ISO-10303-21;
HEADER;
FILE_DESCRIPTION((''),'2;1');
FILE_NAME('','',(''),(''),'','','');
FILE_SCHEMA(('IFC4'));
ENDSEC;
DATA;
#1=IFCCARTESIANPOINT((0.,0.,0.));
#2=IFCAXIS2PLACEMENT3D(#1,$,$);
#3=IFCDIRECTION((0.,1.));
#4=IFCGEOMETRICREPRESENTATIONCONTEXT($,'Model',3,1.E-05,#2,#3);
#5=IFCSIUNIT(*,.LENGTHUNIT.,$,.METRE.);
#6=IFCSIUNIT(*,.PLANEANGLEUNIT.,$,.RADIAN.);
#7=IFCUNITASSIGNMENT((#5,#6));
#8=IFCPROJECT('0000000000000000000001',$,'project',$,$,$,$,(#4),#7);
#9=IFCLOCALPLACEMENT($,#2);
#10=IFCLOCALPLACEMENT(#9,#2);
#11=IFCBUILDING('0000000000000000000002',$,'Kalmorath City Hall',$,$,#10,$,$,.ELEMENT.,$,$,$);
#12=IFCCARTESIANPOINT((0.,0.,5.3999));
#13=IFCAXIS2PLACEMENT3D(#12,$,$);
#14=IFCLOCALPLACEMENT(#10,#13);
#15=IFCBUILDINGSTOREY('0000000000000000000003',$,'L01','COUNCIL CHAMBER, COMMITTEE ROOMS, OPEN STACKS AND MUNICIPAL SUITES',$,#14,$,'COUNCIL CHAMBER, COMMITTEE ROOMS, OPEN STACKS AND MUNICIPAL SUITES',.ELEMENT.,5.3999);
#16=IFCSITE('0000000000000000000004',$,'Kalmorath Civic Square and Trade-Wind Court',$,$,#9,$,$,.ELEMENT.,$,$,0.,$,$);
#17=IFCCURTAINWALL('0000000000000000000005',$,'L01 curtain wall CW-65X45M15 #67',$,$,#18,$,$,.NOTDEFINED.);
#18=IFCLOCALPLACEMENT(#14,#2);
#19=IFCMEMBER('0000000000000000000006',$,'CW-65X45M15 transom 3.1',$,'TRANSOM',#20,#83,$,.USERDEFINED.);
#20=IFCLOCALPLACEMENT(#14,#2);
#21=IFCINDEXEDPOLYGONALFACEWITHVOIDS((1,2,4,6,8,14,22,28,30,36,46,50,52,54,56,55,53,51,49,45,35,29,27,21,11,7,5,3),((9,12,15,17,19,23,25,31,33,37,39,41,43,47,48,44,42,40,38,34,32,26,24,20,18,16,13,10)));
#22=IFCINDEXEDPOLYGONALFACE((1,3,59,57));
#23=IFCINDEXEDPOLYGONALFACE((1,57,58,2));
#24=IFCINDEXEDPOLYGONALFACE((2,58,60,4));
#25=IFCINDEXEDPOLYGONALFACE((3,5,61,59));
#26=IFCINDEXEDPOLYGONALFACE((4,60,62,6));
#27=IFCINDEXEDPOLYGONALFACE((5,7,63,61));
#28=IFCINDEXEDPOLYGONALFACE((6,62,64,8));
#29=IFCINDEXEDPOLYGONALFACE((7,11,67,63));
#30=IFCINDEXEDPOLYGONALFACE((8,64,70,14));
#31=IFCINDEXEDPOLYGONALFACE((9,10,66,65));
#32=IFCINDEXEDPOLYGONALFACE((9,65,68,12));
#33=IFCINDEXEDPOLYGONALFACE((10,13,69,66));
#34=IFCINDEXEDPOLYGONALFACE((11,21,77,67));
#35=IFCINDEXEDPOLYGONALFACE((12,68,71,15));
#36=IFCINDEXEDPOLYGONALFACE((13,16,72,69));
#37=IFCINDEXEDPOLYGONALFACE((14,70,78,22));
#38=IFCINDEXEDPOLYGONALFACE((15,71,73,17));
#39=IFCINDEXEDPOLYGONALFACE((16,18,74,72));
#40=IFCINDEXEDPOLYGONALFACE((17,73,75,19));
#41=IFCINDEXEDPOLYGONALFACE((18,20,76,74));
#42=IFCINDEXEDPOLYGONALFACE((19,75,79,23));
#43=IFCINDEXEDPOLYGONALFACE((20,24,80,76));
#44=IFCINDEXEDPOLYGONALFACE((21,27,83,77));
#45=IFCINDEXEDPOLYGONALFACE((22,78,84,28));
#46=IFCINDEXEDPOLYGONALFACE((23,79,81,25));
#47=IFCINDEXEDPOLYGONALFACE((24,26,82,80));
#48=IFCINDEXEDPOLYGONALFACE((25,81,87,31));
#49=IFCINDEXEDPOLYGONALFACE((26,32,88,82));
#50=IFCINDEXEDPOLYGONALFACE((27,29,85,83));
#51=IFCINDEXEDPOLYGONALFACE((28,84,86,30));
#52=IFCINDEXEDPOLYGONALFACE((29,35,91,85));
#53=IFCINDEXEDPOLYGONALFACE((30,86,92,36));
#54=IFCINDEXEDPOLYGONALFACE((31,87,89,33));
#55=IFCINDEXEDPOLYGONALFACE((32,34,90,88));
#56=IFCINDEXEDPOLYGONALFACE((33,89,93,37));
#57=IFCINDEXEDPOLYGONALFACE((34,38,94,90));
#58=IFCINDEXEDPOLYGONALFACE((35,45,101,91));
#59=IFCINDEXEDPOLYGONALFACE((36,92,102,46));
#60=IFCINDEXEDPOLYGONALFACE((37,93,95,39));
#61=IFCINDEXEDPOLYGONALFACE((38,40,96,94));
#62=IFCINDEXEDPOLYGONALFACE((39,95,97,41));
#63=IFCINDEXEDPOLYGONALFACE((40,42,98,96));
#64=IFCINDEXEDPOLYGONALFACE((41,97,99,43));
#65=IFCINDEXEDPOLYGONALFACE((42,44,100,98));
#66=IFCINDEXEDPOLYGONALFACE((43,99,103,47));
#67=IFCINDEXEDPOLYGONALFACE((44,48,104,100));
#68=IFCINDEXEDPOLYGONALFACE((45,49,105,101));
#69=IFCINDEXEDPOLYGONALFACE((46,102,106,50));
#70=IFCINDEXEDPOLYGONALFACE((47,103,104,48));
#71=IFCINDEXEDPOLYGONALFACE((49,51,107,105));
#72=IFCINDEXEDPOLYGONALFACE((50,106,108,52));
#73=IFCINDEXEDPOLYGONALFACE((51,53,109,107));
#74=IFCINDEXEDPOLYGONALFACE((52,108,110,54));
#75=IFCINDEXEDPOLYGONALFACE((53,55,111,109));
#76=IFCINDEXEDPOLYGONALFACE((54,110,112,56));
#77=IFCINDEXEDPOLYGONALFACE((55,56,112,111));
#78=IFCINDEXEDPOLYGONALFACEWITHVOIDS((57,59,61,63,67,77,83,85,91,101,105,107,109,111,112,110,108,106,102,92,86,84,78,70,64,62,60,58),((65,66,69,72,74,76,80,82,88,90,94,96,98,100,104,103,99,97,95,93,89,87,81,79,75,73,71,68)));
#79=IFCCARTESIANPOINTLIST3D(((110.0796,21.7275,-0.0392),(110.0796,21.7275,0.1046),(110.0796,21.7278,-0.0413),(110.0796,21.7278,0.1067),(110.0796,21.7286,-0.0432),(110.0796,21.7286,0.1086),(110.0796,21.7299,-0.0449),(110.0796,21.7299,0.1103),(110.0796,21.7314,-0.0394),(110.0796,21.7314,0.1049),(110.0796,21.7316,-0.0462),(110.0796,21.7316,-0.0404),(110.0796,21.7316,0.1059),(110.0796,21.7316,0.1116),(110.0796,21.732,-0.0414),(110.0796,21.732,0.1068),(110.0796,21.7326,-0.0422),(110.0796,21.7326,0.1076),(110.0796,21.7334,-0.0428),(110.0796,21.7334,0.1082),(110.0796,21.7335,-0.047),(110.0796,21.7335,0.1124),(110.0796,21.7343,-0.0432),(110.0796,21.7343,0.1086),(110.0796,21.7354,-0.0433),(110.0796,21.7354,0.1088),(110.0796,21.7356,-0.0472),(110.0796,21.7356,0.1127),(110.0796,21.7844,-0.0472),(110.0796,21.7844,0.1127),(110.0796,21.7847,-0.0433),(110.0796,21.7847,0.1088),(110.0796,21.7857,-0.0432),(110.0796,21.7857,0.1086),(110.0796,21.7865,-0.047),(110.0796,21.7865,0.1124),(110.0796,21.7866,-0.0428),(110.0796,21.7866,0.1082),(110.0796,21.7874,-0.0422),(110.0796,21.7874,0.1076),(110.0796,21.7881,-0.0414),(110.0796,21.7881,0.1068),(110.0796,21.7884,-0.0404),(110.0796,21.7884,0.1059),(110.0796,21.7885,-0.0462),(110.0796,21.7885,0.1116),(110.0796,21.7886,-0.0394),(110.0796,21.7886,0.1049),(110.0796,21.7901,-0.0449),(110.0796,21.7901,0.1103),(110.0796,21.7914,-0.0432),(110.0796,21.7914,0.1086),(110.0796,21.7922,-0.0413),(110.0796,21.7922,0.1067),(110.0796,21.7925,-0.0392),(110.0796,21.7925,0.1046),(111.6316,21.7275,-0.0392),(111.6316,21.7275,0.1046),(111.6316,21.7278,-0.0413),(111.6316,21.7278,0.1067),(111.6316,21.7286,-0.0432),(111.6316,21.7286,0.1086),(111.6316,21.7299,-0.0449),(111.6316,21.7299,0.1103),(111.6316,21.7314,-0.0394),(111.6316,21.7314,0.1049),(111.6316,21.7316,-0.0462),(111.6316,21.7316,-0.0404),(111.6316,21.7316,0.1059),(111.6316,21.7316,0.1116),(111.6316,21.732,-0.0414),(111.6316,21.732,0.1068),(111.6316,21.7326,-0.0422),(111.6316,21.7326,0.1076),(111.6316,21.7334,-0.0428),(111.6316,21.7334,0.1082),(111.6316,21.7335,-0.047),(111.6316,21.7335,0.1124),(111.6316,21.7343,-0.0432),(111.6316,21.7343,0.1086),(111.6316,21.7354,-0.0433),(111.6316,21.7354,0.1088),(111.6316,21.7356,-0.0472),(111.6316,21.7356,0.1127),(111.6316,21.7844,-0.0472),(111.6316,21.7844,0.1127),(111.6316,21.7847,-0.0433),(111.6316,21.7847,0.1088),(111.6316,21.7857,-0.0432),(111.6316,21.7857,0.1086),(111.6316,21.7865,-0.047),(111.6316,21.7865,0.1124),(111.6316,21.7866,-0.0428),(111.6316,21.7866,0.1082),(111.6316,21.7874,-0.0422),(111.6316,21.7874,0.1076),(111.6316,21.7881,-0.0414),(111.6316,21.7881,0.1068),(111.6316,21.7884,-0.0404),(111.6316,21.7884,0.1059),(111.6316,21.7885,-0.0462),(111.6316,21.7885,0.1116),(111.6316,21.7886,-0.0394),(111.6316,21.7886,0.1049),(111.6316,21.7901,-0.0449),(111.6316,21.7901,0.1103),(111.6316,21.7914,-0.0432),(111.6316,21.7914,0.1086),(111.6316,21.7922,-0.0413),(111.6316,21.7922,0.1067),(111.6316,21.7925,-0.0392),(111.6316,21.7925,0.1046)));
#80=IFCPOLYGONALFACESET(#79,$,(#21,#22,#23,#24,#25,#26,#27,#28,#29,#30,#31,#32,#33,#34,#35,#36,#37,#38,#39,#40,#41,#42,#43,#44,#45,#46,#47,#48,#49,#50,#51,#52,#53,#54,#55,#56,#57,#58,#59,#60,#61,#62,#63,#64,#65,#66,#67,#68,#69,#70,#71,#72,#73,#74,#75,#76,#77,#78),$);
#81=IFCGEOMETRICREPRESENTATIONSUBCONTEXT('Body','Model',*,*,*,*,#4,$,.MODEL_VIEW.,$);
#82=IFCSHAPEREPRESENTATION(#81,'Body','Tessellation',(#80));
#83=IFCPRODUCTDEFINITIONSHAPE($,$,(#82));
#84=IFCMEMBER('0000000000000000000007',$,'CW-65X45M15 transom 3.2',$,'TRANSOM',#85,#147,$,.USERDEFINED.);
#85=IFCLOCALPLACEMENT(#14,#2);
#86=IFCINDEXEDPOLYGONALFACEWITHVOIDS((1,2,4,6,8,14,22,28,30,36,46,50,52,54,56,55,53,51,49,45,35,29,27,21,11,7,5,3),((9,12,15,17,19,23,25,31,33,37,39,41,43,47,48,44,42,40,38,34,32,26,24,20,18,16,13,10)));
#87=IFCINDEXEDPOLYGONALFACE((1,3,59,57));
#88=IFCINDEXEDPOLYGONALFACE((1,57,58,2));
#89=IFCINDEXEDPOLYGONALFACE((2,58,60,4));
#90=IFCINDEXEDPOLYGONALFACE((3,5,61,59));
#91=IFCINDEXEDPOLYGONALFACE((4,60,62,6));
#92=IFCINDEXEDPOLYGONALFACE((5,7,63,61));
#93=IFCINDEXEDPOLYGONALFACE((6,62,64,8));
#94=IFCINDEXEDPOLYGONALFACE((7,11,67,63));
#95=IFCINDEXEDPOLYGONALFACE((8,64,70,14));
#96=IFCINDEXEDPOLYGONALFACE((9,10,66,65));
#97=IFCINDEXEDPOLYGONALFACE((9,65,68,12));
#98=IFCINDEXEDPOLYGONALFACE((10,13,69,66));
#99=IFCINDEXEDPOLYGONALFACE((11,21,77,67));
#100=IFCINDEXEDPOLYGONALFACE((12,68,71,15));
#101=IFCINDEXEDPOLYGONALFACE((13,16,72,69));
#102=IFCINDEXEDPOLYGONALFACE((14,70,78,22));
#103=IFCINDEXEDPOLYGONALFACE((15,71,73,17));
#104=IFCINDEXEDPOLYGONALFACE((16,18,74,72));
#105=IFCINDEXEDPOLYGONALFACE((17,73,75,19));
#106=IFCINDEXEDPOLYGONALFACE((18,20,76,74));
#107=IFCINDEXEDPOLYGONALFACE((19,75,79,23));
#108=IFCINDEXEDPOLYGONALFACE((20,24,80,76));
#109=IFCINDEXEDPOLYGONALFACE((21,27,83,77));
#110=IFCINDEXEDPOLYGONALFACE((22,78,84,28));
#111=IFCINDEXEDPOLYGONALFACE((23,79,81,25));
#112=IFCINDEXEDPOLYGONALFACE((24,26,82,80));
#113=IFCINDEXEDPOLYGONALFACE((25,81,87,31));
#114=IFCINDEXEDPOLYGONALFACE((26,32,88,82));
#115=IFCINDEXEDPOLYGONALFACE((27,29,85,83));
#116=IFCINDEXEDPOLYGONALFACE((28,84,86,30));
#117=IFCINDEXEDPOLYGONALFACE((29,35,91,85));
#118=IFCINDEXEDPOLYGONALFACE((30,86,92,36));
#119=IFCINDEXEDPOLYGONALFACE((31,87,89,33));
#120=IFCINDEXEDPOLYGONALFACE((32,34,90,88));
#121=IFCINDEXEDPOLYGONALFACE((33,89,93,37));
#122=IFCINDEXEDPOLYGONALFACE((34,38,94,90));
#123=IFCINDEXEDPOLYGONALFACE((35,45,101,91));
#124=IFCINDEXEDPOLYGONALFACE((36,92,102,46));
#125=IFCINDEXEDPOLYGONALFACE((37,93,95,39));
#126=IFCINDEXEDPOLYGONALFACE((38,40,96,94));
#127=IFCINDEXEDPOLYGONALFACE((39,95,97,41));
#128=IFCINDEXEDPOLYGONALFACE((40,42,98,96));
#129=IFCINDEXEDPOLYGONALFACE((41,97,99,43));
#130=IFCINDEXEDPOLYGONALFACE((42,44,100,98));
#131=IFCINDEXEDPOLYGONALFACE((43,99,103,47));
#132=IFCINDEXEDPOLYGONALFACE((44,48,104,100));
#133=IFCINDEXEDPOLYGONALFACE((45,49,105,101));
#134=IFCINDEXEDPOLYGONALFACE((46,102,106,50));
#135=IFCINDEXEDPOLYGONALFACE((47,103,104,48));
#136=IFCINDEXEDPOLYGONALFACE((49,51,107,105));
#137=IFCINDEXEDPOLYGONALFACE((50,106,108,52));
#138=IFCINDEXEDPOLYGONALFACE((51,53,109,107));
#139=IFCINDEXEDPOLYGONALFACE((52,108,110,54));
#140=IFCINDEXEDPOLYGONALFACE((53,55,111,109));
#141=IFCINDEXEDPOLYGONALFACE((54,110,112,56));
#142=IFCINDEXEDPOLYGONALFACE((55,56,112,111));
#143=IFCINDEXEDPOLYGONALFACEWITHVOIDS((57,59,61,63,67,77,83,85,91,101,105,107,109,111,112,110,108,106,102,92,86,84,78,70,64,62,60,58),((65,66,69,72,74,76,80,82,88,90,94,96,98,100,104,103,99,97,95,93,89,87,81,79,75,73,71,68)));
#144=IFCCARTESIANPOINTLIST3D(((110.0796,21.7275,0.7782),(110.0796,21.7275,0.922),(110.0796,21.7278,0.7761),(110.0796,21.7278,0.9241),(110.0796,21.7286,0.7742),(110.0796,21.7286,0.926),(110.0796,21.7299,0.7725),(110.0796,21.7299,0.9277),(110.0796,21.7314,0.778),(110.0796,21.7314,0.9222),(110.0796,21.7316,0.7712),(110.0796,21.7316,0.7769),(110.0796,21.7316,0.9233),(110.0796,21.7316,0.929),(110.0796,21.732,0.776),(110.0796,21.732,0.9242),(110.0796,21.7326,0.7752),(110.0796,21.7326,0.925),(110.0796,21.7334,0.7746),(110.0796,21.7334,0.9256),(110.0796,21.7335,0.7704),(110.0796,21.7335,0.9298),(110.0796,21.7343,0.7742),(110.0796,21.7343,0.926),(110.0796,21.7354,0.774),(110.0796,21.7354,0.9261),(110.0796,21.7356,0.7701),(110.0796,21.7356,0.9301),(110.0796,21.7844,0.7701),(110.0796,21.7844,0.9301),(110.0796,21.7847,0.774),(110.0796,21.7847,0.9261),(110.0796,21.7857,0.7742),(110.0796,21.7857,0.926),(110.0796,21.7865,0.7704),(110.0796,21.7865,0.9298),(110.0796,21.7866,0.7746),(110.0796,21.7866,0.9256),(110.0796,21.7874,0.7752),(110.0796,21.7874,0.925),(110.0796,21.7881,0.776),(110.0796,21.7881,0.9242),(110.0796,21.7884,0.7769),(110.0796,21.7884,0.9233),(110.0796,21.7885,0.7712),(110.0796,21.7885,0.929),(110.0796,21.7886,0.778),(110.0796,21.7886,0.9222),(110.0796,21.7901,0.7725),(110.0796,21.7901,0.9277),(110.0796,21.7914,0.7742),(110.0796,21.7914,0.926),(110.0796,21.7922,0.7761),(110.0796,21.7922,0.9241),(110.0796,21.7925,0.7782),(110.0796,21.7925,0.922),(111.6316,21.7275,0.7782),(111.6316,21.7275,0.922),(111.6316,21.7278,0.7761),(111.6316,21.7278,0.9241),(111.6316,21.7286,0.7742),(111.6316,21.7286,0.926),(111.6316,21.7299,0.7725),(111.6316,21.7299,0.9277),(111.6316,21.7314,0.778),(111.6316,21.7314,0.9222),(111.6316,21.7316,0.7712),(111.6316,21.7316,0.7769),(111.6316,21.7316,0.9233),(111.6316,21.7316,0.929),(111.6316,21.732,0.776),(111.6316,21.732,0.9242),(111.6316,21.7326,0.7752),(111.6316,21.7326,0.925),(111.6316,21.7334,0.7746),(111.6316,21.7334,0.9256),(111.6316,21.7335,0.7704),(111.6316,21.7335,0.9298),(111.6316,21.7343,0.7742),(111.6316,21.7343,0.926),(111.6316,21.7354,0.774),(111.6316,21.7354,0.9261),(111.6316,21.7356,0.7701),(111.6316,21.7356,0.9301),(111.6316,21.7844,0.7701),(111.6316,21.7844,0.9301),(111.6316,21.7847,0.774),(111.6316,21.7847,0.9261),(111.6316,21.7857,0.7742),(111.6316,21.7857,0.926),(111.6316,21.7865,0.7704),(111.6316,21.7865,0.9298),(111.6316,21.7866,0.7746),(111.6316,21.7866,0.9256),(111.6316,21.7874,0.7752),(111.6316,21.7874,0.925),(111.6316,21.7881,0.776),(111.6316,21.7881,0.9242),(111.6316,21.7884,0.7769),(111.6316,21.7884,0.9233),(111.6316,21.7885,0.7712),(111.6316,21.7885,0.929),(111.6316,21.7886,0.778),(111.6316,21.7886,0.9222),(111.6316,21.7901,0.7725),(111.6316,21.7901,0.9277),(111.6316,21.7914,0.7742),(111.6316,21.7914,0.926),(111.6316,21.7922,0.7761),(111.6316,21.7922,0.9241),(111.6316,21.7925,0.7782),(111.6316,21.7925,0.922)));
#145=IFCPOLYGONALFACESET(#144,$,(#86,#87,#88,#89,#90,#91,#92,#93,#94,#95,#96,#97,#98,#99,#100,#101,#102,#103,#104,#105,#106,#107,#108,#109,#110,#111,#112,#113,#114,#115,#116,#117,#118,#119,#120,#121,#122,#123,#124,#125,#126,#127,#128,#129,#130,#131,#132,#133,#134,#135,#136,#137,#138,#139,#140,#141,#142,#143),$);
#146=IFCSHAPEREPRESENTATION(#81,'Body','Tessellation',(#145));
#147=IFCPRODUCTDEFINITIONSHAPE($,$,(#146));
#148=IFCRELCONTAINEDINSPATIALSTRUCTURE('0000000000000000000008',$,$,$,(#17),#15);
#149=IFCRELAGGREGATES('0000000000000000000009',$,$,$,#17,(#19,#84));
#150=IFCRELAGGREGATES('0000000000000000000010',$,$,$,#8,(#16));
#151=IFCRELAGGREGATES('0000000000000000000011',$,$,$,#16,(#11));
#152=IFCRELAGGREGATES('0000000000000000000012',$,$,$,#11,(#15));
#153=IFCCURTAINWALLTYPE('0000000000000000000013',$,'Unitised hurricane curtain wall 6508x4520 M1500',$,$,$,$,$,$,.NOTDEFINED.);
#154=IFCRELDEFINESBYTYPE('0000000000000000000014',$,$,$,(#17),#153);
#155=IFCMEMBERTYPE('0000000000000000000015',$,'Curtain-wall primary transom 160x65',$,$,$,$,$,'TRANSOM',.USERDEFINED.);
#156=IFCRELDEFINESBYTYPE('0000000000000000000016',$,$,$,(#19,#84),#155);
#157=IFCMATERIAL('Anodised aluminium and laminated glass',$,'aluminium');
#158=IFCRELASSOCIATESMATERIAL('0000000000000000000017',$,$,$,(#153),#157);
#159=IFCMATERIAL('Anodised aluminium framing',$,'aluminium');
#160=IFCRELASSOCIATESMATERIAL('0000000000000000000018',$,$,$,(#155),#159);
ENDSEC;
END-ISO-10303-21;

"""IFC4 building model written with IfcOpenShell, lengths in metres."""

from ifc_helpers import new_model, si_unit, direction, frame, origin, origin_2d, place, context, subcontext, project, spatial, hollow_rectangle, extrude, material, material_profile, profile_set, type_object, element, aggregate, save


model = new_model("IFC4")

# Units and contexts
model_context = context("Model", 3, precision=1e-05, world=origin(), true_north=direction((0.0, 1.0)))
body_context = subcontext(model_context, "Body", "Model", "MODEL_VIEW")
ifc_project = project(units=[si_unit("LENGTHUNIT", "METRE"), si_unit("PLANEANGLEUNIT", "RADIAN")], contexts=[model_context])

# Site, building, storey
site_placement = place(None, origin())
site = spatial("IfcSite", under=ifc_project, at=site_placement, Name="Kalmorath Civic Square and Trade-Wind Court", CompositionType="ELEMENT", RefElevation=0.0)
building_placement = place(site_placement, origin())
building = spatial("IfcBuilding", under=site, at=building_placement, Name="Kalmorath City Hall", CompositionType="ELEMENT")
storey_placement = place(building_placement, frame((0.0, 0.0, 5.3999)))
storey = spatial("IfcBuildingStorey", under=building, at=storey_placement, Name="L01", Description="COUNCIL CHAMBER, COMMITTEE ROOMS, OPEN STACKS AND MUNICIPAL SUITES", LongName="COUNCIL CHAMBER, COMMITTEE ROOMS, OPEN STACKS AND MUNICIPAL SUITES", CompositionType="ELEMENT", Elevation=5.3999)

# Curtain wall, members
ifc_material_1 = material(Name="Anodised aluminium and laminated glass", Category="aluminium")
curtain_wall_type = type_object("IfcCurtainWallType", Name="Unitised hurricane curtain wall 6508x4520 M1500", PredefinedType="NOTDEFINED", material=ifc_material_1)
curtain_wall_placement = place(storey_placement, origin())
curtain_wall = element("IfcCurtainWall", 1, at=curtain_wall_placement, inside=storey, type_object=curtain_wall_type, Name="L01 curtain wall CW-65X45M15 #67", PredefinedType="NOTDEFINED")
ifc_material_2 = material(Name="Anodised aluminium framing", Category="aluminium")
ifc_material_profile_1 = material_profile(ifc_material_2, hollow_rectangle(XDim=0.0649, YDim=0.1599, WallThickness=0.0039, InnerFilletRadius=0.0039, OuterFilletRadius=0.0081, at=origin_2d()), Name="ALU-TRN-160X65X4")
ifc_profile_set_1 = profile_set([ifc_material_profile_1], Name="Anodised aluminium framing")
member_type_1 = type_object("IfcMemberType", Name="Curtain-wall primary transom 160x65", ElementType="TRANSOM", PredefinedType="USERDEFINED", material=ifc_profile_set_1)
member_1_placement = place(storey_placement, frame((111.6316, 21.76, 0.0327), z_axis=(-1.0, 0.0, 0.0), x_axis=(0.0, -1.0, 0.0)))
member_1 = element("IfcMember", 2, at=member_1_placement, type_object=member_type_1, Name="CW-65X45M15 transom 3.1", ObjectType="TRANSOM", PredefinedType="USERDEFINED", context=body_context, shape_type="SweptSolid", body=[
    extrude(hollow_rectangle(XDim=0.0649, YDim=0.1599, WallThickness=0.0039, InnerFilletRadius=0.0039, OuterFilletRadius=0.0081, at=origin_2d()), origin(), (0.0, 0.0, 1.0), 1.552),
])
member_2_placement = place(storey_placement, frame((111.6316, 21.76, 0.8501), z_axis=(-1.0, 0.0, 0.0), x_axis=(0.0, -1.0, 0.0)))
member_2 = element("IfcMember", 3, at=member_2_placement, type_object=member_type_1, Name="CW-65X45M15 transom 3.2", ObjectType="TRANSOM", PredefinedType="USERDEFINED", context=body_context, shape_type="SweptSolid", body=[
    extrude(hollow_rectangle(XDim=0.0649, YDim=0.1599, WallThickness=0.0039, InnerFilletRadius=0.0039, OuterFilletRadius=0.0081, at=origin_2d()), origin(), (0.0, 0.0, 1.0), 1.552),
])
aggregate(curtain_wall, [member_1, member_2])

save(model, "model.ifc")
